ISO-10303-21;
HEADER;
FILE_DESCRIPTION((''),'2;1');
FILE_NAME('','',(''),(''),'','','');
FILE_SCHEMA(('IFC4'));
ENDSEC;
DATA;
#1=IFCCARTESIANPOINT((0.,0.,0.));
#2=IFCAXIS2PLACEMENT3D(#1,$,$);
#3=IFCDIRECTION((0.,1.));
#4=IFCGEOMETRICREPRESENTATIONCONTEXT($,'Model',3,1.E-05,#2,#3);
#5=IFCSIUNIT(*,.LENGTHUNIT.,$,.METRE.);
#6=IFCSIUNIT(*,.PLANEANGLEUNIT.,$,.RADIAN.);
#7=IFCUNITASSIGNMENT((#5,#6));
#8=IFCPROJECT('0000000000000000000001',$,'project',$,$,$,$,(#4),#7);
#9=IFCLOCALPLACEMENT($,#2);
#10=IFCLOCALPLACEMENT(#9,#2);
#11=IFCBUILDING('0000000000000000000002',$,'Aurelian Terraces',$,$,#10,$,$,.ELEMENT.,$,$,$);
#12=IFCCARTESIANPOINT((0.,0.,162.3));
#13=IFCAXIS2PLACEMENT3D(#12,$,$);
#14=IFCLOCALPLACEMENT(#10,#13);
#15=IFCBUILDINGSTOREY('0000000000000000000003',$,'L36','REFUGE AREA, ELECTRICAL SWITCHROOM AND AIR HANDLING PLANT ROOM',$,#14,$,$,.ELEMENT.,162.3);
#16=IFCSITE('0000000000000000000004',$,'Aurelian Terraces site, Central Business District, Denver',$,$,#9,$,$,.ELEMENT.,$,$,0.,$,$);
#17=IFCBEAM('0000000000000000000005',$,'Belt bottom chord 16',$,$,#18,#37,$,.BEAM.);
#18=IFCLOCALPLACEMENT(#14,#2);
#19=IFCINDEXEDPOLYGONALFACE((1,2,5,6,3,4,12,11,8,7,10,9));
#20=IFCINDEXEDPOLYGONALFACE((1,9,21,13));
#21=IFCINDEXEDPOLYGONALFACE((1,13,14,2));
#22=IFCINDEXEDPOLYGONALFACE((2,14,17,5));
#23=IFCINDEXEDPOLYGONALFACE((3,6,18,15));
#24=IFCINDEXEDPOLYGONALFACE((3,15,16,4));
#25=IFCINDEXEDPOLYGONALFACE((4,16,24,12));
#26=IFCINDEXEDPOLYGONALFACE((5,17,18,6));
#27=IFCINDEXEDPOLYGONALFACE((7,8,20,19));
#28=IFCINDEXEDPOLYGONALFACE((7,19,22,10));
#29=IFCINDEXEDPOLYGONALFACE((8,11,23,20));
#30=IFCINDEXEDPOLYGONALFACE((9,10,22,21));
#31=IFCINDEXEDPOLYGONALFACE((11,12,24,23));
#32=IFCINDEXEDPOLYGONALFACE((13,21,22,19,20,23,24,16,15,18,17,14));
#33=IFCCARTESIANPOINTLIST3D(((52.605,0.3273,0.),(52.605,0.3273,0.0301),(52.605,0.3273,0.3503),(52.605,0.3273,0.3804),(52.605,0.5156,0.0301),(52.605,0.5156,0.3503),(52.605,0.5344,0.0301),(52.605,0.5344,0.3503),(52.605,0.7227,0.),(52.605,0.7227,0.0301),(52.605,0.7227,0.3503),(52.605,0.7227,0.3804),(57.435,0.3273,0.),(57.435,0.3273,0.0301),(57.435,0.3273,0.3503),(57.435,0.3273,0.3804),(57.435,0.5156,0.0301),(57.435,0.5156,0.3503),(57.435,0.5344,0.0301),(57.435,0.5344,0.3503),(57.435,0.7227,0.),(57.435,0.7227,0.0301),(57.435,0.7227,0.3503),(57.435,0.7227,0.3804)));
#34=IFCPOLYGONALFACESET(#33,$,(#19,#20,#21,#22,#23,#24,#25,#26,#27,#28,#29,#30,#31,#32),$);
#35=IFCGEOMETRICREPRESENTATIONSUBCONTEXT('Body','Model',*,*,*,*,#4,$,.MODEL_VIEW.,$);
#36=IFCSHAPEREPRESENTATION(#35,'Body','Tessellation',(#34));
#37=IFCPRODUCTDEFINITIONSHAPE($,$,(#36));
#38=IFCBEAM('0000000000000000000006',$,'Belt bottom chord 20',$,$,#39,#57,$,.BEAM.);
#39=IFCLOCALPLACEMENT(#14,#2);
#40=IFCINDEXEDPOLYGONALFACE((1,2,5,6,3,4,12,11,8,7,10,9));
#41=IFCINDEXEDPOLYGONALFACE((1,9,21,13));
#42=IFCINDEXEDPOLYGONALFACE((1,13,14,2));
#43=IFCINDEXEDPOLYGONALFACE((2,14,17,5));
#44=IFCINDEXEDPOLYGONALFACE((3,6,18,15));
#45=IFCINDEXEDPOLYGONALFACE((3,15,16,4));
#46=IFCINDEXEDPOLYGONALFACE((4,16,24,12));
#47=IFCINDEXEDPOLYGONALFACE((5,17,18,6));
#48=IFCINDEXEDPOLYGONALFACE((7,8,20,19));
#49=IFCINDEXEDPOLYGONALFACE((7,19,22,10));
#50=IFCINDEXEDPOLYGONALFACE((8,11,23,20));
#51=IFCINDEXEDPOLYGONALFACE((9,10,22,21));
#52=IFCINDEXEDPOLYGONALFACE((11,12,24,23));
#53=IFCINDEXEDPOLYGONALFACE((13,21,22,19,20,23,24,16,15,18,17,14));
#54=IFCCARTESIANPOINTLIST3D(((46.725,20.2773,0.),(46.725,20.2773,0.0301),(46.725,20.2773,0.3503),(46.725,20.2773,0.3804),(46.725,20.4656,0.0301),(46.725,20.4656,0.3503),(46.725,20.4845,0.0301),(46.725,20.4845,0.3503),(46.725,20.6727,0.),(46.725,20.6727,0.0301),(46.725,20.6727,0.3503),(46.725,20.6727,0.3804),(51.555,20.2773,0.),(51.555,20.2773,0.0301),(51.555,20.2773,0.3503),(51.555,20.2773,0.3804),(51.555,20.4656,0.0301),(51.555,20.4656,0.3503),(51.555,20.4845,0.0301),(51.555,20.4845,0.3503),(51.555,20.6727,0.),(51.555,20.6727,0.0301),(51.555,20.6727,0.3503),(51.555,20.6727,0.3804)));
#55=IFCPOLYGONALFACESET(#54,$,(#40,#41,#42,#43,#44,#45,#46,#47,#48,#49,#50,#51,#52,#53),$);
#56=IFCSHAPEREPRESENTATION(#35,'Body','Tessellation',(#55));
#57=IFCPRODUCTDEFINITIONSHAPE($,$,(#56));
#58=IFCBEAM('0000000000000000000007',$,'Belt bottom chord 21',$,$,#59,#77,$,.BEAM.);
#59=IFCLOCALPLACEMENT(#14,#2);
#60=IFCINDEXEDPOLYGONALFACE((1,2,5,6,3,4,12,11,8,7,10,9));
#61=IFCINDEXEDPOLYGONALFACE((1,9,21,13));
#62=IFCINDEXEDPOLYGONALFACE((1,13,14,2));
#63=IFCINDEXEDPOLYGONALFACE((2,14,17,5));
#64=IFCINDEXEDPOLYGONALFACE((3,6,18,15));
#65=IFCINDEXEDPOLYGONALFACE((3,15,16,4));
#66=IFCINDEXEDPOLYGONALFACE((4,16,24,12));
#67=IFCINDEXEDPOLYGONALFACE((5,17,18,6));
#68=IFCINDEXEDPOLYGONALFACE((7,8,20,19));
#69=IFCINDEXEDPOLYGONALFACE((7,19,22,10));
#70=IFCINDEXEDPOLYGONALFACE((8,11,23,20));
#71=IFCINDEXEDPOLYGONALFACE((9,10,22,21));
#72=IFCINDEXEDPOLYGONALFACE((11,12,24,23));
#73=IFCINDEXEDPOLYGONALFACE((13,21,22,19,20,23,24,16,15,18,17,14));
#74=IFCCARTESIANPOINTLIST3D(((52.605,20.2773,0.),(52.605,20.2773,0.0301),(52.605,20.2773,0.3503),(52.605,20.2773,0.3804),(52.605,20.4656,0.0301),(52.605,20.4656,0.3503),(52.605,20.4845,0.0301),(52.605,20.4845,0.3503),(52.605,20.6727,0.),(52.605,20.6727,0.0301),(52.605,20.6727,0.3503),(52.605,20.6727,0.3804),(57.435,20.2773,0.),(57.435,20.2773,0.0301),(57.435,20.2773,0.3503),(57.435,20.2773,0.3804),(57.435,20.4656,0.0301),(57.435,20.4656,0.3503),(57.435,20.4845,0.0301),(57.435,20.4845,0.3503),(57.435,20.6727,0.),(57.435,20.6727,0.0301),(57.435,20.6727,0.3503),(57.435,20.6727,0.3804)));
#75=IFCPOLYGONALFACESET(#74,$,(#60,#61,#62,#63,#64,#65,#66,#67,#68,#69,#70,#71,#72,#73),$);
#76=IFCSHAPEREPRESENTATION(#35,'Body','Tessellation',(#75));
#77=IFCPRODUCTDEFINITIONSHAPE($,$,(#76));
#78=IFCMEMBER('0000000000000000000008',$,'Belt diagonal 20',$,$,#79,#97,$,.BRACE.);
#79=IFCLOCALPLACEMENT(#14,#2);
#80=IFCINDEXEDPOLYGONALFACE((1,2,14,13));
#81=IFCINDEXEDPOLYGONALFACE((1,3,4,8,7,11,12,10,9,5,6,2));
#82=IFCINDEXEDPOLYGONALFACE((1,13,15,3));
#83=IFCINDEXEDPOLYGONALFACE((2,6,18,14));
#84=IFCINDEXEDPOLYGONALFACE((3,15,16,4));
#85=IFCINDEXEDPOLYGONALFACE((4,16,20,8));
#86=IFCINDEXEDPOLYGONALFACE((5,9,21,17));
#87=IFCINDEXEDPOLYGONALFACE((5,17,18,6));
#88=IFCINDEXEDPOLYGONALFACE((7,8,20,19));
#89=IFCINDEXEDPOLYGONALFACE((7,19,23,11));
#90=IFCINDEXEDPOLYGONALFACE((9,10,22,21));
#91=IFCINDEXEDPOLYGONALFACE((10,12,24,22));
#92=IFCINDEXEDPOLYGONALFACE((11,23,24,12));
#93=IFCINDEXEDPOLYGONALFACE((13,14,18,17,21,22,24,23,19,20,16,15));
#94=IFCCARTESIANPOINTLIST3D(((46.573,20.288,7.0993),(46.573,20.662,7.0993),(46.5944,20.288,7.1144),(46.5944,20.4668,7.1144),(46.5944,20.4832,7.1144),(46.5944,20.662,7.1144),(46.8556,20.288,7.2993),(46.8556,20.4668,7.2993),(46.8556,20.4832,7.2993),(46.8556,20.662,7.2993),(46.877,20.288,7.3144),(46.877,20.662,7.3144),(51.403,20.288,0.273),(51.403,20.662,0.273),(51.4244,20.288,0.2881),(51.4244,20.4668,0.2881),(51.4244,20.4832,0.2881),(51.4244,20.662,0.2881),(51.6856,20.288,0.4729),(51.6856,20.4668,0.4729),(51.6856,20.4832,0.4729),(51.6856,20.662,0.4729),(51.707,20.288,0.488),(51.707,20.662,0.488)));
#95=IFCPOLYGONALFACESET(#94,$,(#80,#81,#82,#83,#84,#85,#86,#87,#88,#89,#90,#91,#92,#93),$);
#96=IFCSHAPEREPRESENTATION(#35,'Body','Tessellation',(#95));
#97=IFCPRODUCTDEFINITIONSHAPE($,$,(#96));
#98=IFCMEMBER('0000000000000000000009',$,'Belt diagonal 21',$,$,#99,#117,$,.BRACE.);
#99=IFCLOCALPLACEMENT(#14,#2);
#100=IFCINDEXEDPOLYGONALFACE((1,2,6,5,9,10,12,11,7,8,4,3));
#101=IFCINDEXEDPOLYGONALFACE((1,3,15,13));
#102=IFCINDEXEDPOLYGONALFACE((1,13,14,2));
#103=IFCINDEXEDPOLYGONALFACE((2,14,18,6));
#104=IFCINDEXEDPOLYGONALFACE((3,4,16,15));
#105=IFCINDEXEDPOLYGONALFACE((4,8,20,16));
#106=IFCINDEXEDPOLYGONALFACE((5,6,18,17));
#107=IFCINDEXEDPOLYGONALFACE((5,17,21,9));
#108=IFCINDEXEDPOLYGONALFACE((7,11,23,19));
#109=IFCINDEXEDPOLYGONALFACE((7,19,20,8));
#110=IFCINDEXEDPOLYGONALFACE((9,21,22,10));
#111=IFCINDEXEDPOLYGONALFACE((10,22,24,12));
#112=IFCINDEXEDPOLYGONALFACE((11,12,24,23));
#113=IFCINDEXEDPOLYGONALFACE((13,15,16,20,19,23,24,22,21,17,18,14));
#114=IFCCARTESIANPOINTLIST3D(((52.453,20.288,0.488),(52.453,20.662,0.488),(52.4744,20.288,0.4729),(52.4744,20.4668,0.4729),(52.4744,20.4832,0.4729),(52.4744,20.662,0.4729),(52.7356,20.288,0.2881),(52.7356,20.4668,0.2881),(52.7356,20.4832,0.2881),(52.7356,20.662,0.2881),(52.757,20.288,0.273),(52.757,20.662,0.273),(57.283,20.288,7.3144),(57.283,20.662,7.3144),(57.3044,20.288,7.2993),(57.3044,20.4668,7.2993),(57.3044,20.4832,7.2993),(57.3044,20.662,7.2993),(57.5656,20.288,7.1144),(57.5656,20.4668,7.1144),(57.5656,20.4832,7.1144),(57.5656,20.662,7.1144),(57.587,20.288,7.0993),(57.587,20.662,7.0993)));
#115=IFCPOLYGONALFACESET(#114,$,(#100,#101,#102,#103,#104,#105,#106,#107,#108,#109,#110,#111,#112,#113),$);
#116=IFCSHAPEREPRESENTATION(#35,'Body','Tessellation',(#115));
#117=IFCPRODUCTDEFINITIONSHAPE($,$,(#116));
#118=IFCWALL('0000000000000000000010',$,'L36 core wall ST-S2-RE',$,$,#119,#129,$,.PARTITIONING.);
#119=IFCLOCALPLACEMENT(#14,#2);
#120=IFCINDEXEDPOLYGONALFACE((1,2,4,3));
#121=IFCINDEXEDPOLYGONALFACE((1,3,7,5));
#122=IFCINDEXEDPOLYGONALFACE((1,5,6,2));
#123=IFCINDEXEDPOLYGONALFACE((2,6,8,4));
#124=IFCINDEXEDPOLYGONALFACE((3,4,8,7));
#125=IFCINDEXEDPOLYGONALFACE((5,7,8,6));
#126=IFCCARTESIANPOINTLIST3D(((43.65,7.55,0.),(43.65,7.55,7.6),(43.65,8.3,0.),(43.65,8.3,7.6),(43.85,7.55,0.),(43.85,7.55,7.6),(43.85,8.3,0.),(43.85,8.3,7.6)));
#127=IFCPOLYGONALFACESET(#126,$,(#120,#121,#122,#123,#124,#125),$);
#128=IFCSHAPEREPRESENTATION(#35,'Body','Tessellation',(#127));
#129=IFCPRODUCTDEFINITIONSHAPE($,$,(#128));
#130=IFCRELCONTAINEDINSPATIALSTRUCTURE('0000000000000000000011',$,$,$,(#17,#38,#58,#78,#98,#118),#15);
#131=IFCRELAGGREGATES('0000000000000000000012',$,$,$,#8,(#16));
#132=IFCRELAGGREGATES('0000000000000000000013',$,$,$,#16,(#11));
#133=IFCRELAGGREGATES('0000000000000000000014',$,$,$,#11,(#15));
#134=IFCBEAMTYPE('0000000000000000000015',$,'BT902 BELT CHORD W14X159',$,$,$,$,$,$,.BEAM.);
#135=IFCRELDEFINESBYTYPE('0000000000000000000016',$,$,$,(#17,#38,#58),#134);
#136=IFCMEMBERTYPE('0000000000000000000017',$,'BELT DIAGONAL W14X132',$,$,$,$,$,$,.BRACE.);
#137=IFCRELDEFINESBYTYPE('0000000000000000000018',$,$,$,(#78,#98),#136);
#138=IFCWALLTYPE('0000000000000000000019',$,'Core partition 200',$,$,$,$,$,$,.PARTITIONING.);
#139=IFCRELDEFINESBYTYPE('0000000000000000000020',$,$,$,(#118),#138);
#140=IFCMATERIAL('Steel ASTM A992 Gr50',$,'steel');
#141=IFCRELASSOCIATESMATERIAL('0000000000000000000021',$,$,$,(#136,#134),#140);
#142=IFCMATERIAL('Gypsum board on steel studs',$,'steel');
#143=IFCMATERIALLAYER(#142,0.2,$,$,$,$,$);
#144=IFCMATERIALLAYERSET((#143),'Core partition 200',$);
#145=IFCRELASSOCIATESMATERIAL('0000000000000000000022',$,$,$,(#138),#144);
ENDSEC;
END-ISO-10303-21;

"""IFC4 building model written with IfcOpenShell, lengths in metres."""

from ifc_helpers import new_model, si_unit, direction, frame, frame_2d, origin, origin_2d, place, context, subcontext, project, spatial, rectangle, i_section, extrude, source, transform, mapped, material, layer, layer_set, material_profile, profile_set, type_object, element, save


model = new_model("IFC4")

# Units and contexts
model_context = context("Model", 3, precision=1e-05, world=origin(), true_north=direction((0.0, 1.0)))
body_context = subcontext(model_context, "Body", "Model", "MODEL_VIEW")
ifc_project = project(units=[si_unit("LENGTHUNIT", "METRE"), si_unit("PLANEANGLEUNIT", "RADIAN")], contexts=[model_context])

# Site, building, storey
site_placement = place(None, origin())
site = spatial("IfcSite", under=ifc_project, at=site_placement, Name="Aurelian Terraces site, Central Business District, Denver", CompositionType="ELEMENT", RefElevation=0.0)
building_placement = place(site_placement, origin())
building = spatial("IfcBuilding", under=site, at=building_placement, Name="Aurelian Terraces", CompositionType="ELEMENT")
storey_placement = place(building_placement, frame((0.0, 0.0, 162.3)))
storey = spatial("IfcBuildingStorey", under=building, at=storey_placement, Name="L36", Description="REFUGE AREA, ELECTRICAL SWITCHROOM AND AIR HANDLING PLANT ROOM", CompositionType="ELEMENT", Elevation=162.3)

# Shared definitions
ifc_material_1 = material(Name="Steel ASTM A992 Gr50", Category="steel")
ifc_material_profile_1 = material_profile(ifc_material_1, i_section(OverallWidth=0.374, OverallDepth=0.3724, WebThickness=0.0164, FlangeThickness=0.0262, at=origin_2d()))
ifc_profile_set_1 = profile_set([ifc_material_profile_1], Name="Steel ASTM A992 Gr50")
member_type_1 = type_object("IfcMemberType", Name="BELT DIAGONAL W14X132", PredefinedType="BRACE", material=ifc_profile_set_1)

# Shared definitions
ifc_material_profile_2 = material_profile(ifc_material_1, i_section(OverallWidth=0.3954, OverallDepth=0.3805, WebThickness=0.0189, FlangeThickness=0.0302, at=origin_2d()))
ifc_profile_set_2 = profile_set([ifc_material_profile_2], Name="Steel ASTM A992 Gr50")
beam_type_1 = type_object("IfcBeamType", Name="BT902 BELT CHORD W14X159", PredefinedType="BEAM", material=ifc_profile_set_2)

# Beams
shared_shape_1 = source(origin(), body_context, "Body", "SweptSolid", [
    extrude(i_section(OverallWidth=0.3954, OverallDepth=0.3805, WebThickness=0.0189, FlangeThickness=0.0302, at=origin_2d()), origin(), (0.0, 0.0, 1.0), 4.83),
])
for number, where, z_axis, x_axis, name in (
    (1, (52.605, 0.525, 0.1902), (1.0, 0.0, 0.0), (0.0, 1.0, 0.0), "Belt bottom chord 16"),
    (2, (46.725, 20.475, 0.1902), (1.0, 0.0, 0.0), (0.0, 1.0, 0.0), "Belt bottom chord 20"),
    (3, (52.605, 20.475, 0.1902), (1.0, 0.0, 0.0), (0.0, 1.0, 0.0), "Belt bottom chord 21"),
):
    element("IfcBeam", number, at=place(storey_placement, frame(where, z_axis=z_axis, x_axis=x_axis)), inside=storey, type_object=beam_type_1, Name=name, PredefinedType="BEAM", context=body_context, shape_type="MappedRepresentation", body=[
        mapped(shared_shape_1, transform((0.0, 0.0, 0.0), scale=1.0)),
    ])

# Members
shared_shape_2 = source(origin(), body_context, "Body", "SweptSolid", [
    extrude(i_section(OverallWidth=0.374, OverallDepth=0.3724, WebThickness=0.0164, FlangeThickness=0.0262, at=origin_2d()), origin(), (0.0, 0.0, 1.0), 8.3623),
])
for number, where, z_axis, x_axis, name in (
    (4, (51.555, 20.475, 0.3805), (-0.577596, 0.0, 0.816323), (0.0, -1.0, 0.0), "Belt diagonal 20"),
    (5, (52.605, 20.475, 0.3805), (0.577596, 0.0, 0.816323), (0.0, 1.0, 0.0), "Belt diagonal 21"),
):
    element("IfcMember", number, at=place(storey_placement, frame(where, z_axis=z_axis, x_axis=x_axis)), inside=storey, type_object=member_type_1, Name=name, PredefinedType="BRACE", context=body_context, shape_type="MappedRepresentation", body=[
        mapped(shared_shape_2, transform((0.0, 0.0, 0.0), scale=1.0)),
    ])

# Wall
ifc_material_2 = material(Name="Gypsum board on steel studs", Category="steel")
ifc_layer_1 = layer(ifc_material_2, 0.2)
ifc_layer_set_1 = layer_set([ifc_layer_1], Name="Core partition 200")
wall_type_1 = type_object("IfcWallType", Name="Core partition 200", PredefinedType="PARTITIONING", material=ifc_layer_set_1)
wall_1_placement = place(storey_placement, frame((43.75, 7.55, 0.0), z_axis=(0.0, 0.0, 1.0), x_axis=(0.0, 1.0, 0.0)))
element("IfcWall", 6, at=wall_1_placement, inside=storey, type_object=wall_type_1, Name="L36 core wall ST-S2-RE", PredefinedType="PARTITIONING", context=body_context, shape_type="SweptSolid", body=[
    extrude(rectangle(XDim=0.75, YDim=0.2, at=frame_2d((0.375, 0.0))), origin(), (0.0, 0.0, 1.0), 7.6),
])

save(model, "model.ifc")
